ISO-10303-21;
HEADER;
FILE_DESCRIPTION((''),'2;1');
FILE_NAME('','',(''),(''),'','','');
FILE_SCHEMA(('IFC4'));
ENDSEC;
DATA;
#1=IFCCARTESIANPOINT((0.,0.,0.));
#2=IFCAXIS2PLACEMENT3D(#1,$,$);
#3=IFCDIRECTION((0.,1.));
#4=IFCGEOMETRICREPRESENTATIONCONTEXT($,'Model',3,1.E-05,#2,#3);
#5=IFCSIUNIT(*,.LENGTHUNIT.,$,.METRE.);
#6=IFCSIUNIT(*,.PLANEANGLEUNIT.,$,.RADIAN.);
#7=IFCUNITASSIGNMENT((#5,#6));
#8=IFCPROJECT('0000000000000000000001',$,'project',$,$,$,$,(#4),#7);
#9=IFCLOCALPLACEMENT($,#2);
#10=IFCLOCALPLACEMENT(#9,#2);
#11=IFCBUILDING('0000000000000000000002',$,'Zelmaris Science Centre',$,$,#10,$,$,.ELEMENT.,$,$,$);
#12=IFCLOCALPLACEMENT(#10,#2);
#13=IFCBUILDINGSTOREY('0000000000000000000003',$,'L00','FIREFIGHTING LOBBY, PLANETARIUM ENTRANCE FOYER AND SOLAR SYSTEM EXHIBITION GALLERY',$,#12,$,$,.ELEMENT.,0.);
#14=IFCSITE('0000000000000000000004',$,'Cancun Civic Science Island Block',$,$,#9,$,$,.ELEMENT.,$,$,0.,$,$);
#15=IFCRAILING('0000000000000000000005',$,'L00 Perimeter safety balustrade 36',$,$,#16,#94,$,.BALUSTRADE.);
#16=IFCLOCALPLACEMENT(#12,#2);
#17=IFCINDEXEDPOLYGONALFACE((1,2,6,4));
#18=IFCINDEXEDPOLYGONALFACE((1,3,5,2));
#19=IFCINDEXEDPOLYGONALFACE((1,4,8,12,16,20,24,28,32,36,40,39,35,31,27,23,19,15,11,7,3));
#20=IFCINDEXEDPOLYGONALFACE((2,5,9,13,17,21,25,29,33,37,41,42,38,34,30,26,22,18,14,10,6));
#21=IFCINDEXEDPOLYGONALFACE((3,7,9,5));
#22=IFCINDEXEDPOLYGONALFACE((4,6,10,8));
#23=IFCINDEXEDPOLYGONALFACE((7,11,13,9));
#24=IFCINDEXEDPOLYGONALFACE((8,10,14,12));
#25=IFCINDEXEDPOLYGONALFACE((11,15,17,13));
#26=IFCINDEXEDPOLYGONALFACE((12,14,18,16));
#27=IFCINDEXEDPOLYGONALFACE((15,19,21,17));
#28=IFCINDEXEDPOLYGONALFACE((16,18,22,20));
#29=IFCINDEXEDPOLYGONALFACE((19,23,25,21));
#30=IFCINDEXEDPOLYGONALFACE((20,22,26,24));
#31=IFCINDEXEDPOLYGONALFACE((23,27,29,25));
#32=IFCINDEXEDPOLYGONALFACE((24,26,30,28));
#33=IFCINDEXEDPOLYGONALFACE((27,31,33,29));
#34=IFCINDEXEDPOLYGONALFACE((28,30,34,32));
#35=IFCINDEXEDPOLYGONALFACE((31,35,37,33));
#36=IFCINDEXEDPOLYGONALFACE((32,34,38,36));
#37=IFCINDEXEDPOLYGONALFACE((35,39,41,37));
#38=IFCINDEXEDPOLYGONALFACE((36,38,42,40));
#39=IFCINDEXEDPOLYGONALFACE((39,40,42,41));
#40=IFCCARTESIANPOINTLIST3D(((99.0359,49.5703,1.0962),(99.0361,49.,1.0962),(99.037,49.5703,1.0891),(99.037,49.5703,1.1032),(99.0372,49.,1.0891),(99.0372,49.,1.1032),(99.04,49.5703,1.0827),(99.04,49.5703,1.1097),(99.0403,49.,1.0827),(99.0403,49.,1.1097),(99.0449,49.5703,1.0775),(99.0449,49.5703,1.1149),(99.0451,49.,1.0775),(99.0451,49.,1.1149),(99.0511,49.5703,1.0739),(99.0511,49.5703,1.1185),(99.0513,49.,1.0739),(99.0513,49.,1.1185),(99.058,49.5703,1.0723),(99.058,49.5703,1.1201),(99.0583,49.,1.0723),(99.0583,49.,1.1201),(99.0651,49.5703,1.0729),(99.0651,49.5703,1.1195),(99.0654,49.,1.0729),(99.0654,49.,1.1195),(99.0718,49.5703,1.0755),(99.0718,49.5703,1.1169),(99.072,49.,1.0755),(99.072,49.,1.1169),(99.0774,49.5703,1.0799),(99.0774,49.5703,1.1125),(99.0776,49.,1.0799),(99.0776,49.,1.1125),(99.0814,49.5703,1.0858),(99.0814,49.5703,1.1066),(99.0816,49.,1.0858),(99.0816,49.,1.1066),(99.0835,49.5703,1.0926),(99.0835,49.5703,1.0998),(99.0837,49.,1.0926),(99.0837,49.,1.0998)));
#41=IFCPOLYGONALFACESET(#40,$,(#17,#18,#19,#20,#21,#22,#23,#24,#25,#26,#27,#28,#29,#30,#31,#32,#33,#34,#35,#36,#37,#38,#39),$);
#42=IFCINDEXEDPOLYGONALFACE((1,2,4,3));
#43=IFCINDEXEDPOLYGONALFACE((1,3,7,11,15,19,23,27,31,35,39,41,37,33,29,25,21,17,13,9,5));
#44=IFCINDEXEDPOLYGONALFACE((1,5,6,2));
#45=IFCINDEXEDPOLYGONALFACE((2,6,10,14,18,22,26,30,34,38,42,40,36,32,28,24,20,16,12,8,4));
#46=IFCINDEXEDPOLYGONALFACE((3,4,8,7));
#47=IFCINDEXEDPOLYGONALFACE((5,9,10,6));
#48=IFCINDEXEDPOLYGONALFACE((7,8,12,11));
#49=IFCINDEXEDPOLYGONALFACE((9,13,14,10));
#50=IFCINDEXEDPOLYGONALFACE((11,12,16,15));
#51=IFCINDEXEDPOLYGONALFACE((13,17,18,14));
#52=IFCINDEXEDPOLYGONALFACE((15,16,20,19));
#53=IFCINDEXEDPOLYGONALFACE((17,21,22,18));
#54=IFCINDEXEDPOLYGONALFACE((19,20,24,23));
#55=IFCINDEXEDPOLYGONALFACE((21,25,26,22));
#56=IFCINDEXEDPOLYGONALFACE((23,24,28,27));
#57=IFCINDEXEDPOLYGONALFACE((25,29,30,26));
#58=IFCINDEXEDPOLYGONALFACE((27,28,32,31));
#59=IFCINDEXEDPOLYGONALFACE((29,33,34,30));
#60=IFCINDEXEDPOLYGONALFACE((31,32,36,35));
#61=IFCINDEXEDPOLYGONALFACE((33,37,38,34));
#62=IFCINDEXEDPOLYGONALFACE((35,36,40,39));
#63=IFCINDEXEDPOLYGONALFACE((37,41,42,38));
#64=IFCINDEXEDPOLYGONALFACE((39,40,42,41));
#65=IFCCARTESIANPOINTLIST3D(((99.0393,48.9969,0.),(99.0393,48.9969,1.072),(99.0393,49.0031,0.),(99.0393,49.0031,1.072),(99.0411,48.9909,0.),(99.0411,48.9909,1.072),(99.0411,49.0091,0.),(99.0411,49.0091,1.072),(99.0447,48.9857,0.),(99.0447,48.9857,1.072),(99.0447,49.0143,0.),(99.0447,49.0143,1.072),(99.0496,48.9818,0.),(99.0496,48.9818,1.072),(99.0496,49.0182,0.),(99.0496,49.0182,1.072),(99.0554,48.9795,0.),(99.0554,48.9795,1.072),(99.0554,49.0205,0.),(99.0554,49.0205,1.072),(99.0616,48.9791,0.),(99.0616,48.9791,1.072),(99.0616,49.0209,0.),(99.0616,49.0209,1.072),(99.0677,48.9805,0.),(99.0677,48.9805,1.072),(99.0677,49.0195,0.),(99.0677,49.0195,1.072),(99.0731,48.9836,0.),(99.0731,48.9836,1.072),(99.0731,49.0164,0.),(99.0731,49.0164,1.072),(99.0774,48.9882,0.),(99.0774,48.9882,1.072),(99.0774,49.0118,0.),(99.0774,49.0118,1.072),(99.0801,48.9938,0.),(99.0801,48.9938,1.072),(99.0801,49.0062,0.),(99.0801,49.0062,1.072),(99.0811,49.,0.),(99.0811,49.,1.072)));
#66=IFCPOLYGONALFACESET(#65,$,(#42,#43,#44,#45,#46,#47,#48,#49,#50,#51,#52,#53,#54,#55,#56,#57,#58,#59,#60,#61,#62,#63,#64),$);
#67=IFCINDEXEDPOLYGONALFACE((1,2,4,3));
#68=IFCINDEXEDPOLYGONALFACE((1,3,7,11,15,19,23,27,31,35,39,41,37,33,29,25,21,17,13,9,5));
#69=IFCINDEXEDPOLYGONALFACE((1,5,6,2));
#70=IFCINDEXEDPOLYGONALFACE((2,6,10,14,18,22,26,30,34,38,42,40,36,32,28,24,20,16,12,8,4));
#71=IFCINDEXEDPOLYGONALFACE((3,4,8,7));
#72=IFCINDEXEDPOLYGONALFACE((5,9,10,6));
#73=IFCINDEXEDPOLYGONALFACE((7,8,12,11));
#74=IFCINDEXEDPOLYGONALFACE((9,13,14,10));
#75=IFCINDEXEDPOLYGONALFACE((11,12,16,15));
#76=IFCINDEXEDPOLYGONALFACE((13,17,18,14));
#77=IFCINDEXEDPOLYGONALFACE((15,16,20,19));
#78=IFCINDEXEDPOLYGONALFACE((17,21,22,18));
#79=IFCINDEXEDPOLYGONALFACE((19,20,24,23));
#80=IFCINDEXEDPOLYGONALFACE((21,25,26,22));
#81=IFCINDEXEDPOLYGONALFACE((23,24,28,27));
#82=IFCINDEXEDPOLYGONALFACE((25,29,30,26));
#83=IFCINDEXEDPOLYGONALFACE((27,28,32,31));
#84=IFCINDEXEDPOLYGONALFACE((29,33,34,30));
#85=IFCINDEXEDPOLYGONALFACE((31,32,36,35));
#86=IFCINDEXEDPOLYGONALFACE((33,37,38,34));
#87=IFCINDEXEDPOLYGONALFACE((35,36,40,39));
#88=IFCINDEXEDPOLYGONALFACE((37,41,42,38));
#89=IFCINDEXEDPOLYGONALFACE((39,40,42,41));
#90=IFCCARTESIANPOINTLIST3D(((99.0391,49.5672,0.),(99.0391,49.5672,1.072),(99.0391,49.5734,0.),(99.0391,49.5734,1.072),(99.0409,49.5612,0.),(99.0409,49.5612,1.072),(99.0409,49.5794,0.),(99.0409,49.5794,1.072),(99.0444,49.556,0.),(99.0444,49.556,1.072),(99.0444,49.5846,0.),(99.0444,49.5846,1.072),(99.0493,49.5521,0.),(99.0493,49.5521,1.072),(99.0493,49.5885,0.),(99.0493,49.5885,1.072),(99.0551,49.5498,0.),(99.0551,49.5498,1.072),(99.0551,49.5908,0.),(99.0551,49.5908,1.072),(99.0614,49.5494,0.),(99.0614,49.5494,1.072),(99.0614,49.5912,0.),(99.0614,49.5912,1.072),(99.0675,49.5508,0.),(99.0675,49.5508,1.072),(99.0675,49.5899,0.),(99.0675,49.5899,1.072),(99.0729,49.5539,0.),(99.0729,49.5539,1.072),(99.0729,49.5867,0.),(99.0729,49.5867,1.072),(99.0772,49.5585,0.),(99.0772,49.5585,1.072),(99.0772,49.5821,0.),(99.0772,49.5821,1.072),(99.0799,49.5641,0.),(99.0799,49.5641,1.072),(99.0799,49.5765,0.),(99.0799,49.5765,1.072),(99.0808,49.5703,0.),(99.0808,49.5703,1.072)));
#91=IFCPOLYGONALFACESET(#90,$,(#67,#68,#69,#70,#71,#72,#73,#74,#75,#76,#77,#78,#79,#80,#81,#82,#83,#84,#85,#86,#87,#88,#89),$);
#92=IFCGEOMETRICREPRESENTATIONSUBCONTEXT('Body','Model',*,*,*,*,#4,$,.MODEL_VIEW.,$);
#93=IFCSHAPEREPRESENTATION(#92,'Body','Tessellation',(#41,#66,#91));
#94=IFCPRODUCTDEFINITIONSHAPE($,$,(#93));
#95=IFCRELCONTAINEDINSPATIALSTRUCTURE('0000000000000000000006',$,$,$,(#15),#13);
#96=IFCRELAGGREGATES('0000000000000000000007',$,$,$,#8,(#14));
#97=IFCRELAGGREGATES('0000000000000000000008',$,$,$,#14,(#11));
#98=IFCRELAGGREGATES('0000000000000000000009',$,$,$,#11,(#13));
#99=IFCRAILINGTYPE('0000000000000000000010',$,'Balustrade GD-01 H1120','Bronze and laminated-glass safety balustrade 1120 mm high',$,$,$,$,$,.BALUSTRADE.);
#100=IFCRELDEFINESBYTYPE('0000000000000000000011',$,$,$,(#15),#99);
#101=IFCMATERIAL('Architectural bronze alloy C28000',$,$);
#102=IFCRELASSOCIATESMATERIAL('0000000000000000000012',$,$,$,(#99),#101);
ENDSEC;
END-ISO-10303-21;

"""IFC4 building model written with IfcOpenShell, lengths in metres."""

from ifc_helpers import new_model, si_unit, direction, frame, origin, origin_2d, place, context, subcontext, project, spatial, circle, extrude, material, type_object, element, save


model = new_model("IFC4")

# Units and contexts
model_context = context("Model", 3, precision=1e-05, world=origin(), true_north=direction((0.0, 1.0)))
body_context = subcontext(model_context, "Body", "Model", "MODEL_VIEW")
ifc_project = project(units=[si_unit("LENGTHUNIT", "METRE"), si_unit("PLANEANGLEUNIT", "RADIAN")], contexts=[model_context])

# Site, building, storey
site_placement = place(None, origin())
site = spatial("IfcSite", under=ifc_project, at=site_placement, Name="Cancun Civic Science Island Block", CompositionType="ELEMENT", RefElevation=0.0)
building_placement = place(site_placement, origin())
building = spatial("IfcBuilding", under=site, at=building_placement, Name="Zelmaris Science Centre", CompositionType="ELEMENT")
storey_placement = place(building_placement, origin())
storey = spatial("IfcBuildingStorey", under=building, at=storey_placement, Name="L00", Description="FIREFIGHTING LOBBY, PLANETARIUM ENTRANCE FOYER AND SOLAR SYSTEM EXHIBITION GALLERY", CompositionType="ELEMENT", Elevation=0.0)

# Railing
ifc_material_1 = material(Name="Architectural bronze alloy C28000")
railing_type = type_object("IfcRailingType", Name="Balustrade GD-01 H1120", Description="Bronze and laminated-glass safety balustrade 1120 mm high", PredefinedType="BALUSTRADE", material=ifc_material_1)
railing_1_placement = place(storey_placement, frame((99.0601, 49.0, 0.0)))
element("IfcRailing", 1, at=railing_1_placement, inside=storey, type_object=railing_type, Name="L00 Perimeter safety balustrade 36", PredefinedType="BALUSTRADE", context=body_context, shape_type="SweptSolid", body=[
    extrude(circle(Radius=0.0239, at=origin_2d()), frame((0.0, 0.0, 1.0962), z_axis=(-0.000428, 1.0, 0.0), x_axis=(-1.0, -0.000428, 0.0)), (0.0, 0.0, 1.0), 0.5703),
    extrude(circle(Radius=0.021, at=origin_2d()), origin(), (0.0, 0.0, 1.0), 1.072),
    extrude(circle(Radius=0.021, at=origin_2d()), frame((-0.0002, 0.5703, 0.0)), (0.0, 0.0, 1.0), 1.072),
])

save(model, "model.ifc")
